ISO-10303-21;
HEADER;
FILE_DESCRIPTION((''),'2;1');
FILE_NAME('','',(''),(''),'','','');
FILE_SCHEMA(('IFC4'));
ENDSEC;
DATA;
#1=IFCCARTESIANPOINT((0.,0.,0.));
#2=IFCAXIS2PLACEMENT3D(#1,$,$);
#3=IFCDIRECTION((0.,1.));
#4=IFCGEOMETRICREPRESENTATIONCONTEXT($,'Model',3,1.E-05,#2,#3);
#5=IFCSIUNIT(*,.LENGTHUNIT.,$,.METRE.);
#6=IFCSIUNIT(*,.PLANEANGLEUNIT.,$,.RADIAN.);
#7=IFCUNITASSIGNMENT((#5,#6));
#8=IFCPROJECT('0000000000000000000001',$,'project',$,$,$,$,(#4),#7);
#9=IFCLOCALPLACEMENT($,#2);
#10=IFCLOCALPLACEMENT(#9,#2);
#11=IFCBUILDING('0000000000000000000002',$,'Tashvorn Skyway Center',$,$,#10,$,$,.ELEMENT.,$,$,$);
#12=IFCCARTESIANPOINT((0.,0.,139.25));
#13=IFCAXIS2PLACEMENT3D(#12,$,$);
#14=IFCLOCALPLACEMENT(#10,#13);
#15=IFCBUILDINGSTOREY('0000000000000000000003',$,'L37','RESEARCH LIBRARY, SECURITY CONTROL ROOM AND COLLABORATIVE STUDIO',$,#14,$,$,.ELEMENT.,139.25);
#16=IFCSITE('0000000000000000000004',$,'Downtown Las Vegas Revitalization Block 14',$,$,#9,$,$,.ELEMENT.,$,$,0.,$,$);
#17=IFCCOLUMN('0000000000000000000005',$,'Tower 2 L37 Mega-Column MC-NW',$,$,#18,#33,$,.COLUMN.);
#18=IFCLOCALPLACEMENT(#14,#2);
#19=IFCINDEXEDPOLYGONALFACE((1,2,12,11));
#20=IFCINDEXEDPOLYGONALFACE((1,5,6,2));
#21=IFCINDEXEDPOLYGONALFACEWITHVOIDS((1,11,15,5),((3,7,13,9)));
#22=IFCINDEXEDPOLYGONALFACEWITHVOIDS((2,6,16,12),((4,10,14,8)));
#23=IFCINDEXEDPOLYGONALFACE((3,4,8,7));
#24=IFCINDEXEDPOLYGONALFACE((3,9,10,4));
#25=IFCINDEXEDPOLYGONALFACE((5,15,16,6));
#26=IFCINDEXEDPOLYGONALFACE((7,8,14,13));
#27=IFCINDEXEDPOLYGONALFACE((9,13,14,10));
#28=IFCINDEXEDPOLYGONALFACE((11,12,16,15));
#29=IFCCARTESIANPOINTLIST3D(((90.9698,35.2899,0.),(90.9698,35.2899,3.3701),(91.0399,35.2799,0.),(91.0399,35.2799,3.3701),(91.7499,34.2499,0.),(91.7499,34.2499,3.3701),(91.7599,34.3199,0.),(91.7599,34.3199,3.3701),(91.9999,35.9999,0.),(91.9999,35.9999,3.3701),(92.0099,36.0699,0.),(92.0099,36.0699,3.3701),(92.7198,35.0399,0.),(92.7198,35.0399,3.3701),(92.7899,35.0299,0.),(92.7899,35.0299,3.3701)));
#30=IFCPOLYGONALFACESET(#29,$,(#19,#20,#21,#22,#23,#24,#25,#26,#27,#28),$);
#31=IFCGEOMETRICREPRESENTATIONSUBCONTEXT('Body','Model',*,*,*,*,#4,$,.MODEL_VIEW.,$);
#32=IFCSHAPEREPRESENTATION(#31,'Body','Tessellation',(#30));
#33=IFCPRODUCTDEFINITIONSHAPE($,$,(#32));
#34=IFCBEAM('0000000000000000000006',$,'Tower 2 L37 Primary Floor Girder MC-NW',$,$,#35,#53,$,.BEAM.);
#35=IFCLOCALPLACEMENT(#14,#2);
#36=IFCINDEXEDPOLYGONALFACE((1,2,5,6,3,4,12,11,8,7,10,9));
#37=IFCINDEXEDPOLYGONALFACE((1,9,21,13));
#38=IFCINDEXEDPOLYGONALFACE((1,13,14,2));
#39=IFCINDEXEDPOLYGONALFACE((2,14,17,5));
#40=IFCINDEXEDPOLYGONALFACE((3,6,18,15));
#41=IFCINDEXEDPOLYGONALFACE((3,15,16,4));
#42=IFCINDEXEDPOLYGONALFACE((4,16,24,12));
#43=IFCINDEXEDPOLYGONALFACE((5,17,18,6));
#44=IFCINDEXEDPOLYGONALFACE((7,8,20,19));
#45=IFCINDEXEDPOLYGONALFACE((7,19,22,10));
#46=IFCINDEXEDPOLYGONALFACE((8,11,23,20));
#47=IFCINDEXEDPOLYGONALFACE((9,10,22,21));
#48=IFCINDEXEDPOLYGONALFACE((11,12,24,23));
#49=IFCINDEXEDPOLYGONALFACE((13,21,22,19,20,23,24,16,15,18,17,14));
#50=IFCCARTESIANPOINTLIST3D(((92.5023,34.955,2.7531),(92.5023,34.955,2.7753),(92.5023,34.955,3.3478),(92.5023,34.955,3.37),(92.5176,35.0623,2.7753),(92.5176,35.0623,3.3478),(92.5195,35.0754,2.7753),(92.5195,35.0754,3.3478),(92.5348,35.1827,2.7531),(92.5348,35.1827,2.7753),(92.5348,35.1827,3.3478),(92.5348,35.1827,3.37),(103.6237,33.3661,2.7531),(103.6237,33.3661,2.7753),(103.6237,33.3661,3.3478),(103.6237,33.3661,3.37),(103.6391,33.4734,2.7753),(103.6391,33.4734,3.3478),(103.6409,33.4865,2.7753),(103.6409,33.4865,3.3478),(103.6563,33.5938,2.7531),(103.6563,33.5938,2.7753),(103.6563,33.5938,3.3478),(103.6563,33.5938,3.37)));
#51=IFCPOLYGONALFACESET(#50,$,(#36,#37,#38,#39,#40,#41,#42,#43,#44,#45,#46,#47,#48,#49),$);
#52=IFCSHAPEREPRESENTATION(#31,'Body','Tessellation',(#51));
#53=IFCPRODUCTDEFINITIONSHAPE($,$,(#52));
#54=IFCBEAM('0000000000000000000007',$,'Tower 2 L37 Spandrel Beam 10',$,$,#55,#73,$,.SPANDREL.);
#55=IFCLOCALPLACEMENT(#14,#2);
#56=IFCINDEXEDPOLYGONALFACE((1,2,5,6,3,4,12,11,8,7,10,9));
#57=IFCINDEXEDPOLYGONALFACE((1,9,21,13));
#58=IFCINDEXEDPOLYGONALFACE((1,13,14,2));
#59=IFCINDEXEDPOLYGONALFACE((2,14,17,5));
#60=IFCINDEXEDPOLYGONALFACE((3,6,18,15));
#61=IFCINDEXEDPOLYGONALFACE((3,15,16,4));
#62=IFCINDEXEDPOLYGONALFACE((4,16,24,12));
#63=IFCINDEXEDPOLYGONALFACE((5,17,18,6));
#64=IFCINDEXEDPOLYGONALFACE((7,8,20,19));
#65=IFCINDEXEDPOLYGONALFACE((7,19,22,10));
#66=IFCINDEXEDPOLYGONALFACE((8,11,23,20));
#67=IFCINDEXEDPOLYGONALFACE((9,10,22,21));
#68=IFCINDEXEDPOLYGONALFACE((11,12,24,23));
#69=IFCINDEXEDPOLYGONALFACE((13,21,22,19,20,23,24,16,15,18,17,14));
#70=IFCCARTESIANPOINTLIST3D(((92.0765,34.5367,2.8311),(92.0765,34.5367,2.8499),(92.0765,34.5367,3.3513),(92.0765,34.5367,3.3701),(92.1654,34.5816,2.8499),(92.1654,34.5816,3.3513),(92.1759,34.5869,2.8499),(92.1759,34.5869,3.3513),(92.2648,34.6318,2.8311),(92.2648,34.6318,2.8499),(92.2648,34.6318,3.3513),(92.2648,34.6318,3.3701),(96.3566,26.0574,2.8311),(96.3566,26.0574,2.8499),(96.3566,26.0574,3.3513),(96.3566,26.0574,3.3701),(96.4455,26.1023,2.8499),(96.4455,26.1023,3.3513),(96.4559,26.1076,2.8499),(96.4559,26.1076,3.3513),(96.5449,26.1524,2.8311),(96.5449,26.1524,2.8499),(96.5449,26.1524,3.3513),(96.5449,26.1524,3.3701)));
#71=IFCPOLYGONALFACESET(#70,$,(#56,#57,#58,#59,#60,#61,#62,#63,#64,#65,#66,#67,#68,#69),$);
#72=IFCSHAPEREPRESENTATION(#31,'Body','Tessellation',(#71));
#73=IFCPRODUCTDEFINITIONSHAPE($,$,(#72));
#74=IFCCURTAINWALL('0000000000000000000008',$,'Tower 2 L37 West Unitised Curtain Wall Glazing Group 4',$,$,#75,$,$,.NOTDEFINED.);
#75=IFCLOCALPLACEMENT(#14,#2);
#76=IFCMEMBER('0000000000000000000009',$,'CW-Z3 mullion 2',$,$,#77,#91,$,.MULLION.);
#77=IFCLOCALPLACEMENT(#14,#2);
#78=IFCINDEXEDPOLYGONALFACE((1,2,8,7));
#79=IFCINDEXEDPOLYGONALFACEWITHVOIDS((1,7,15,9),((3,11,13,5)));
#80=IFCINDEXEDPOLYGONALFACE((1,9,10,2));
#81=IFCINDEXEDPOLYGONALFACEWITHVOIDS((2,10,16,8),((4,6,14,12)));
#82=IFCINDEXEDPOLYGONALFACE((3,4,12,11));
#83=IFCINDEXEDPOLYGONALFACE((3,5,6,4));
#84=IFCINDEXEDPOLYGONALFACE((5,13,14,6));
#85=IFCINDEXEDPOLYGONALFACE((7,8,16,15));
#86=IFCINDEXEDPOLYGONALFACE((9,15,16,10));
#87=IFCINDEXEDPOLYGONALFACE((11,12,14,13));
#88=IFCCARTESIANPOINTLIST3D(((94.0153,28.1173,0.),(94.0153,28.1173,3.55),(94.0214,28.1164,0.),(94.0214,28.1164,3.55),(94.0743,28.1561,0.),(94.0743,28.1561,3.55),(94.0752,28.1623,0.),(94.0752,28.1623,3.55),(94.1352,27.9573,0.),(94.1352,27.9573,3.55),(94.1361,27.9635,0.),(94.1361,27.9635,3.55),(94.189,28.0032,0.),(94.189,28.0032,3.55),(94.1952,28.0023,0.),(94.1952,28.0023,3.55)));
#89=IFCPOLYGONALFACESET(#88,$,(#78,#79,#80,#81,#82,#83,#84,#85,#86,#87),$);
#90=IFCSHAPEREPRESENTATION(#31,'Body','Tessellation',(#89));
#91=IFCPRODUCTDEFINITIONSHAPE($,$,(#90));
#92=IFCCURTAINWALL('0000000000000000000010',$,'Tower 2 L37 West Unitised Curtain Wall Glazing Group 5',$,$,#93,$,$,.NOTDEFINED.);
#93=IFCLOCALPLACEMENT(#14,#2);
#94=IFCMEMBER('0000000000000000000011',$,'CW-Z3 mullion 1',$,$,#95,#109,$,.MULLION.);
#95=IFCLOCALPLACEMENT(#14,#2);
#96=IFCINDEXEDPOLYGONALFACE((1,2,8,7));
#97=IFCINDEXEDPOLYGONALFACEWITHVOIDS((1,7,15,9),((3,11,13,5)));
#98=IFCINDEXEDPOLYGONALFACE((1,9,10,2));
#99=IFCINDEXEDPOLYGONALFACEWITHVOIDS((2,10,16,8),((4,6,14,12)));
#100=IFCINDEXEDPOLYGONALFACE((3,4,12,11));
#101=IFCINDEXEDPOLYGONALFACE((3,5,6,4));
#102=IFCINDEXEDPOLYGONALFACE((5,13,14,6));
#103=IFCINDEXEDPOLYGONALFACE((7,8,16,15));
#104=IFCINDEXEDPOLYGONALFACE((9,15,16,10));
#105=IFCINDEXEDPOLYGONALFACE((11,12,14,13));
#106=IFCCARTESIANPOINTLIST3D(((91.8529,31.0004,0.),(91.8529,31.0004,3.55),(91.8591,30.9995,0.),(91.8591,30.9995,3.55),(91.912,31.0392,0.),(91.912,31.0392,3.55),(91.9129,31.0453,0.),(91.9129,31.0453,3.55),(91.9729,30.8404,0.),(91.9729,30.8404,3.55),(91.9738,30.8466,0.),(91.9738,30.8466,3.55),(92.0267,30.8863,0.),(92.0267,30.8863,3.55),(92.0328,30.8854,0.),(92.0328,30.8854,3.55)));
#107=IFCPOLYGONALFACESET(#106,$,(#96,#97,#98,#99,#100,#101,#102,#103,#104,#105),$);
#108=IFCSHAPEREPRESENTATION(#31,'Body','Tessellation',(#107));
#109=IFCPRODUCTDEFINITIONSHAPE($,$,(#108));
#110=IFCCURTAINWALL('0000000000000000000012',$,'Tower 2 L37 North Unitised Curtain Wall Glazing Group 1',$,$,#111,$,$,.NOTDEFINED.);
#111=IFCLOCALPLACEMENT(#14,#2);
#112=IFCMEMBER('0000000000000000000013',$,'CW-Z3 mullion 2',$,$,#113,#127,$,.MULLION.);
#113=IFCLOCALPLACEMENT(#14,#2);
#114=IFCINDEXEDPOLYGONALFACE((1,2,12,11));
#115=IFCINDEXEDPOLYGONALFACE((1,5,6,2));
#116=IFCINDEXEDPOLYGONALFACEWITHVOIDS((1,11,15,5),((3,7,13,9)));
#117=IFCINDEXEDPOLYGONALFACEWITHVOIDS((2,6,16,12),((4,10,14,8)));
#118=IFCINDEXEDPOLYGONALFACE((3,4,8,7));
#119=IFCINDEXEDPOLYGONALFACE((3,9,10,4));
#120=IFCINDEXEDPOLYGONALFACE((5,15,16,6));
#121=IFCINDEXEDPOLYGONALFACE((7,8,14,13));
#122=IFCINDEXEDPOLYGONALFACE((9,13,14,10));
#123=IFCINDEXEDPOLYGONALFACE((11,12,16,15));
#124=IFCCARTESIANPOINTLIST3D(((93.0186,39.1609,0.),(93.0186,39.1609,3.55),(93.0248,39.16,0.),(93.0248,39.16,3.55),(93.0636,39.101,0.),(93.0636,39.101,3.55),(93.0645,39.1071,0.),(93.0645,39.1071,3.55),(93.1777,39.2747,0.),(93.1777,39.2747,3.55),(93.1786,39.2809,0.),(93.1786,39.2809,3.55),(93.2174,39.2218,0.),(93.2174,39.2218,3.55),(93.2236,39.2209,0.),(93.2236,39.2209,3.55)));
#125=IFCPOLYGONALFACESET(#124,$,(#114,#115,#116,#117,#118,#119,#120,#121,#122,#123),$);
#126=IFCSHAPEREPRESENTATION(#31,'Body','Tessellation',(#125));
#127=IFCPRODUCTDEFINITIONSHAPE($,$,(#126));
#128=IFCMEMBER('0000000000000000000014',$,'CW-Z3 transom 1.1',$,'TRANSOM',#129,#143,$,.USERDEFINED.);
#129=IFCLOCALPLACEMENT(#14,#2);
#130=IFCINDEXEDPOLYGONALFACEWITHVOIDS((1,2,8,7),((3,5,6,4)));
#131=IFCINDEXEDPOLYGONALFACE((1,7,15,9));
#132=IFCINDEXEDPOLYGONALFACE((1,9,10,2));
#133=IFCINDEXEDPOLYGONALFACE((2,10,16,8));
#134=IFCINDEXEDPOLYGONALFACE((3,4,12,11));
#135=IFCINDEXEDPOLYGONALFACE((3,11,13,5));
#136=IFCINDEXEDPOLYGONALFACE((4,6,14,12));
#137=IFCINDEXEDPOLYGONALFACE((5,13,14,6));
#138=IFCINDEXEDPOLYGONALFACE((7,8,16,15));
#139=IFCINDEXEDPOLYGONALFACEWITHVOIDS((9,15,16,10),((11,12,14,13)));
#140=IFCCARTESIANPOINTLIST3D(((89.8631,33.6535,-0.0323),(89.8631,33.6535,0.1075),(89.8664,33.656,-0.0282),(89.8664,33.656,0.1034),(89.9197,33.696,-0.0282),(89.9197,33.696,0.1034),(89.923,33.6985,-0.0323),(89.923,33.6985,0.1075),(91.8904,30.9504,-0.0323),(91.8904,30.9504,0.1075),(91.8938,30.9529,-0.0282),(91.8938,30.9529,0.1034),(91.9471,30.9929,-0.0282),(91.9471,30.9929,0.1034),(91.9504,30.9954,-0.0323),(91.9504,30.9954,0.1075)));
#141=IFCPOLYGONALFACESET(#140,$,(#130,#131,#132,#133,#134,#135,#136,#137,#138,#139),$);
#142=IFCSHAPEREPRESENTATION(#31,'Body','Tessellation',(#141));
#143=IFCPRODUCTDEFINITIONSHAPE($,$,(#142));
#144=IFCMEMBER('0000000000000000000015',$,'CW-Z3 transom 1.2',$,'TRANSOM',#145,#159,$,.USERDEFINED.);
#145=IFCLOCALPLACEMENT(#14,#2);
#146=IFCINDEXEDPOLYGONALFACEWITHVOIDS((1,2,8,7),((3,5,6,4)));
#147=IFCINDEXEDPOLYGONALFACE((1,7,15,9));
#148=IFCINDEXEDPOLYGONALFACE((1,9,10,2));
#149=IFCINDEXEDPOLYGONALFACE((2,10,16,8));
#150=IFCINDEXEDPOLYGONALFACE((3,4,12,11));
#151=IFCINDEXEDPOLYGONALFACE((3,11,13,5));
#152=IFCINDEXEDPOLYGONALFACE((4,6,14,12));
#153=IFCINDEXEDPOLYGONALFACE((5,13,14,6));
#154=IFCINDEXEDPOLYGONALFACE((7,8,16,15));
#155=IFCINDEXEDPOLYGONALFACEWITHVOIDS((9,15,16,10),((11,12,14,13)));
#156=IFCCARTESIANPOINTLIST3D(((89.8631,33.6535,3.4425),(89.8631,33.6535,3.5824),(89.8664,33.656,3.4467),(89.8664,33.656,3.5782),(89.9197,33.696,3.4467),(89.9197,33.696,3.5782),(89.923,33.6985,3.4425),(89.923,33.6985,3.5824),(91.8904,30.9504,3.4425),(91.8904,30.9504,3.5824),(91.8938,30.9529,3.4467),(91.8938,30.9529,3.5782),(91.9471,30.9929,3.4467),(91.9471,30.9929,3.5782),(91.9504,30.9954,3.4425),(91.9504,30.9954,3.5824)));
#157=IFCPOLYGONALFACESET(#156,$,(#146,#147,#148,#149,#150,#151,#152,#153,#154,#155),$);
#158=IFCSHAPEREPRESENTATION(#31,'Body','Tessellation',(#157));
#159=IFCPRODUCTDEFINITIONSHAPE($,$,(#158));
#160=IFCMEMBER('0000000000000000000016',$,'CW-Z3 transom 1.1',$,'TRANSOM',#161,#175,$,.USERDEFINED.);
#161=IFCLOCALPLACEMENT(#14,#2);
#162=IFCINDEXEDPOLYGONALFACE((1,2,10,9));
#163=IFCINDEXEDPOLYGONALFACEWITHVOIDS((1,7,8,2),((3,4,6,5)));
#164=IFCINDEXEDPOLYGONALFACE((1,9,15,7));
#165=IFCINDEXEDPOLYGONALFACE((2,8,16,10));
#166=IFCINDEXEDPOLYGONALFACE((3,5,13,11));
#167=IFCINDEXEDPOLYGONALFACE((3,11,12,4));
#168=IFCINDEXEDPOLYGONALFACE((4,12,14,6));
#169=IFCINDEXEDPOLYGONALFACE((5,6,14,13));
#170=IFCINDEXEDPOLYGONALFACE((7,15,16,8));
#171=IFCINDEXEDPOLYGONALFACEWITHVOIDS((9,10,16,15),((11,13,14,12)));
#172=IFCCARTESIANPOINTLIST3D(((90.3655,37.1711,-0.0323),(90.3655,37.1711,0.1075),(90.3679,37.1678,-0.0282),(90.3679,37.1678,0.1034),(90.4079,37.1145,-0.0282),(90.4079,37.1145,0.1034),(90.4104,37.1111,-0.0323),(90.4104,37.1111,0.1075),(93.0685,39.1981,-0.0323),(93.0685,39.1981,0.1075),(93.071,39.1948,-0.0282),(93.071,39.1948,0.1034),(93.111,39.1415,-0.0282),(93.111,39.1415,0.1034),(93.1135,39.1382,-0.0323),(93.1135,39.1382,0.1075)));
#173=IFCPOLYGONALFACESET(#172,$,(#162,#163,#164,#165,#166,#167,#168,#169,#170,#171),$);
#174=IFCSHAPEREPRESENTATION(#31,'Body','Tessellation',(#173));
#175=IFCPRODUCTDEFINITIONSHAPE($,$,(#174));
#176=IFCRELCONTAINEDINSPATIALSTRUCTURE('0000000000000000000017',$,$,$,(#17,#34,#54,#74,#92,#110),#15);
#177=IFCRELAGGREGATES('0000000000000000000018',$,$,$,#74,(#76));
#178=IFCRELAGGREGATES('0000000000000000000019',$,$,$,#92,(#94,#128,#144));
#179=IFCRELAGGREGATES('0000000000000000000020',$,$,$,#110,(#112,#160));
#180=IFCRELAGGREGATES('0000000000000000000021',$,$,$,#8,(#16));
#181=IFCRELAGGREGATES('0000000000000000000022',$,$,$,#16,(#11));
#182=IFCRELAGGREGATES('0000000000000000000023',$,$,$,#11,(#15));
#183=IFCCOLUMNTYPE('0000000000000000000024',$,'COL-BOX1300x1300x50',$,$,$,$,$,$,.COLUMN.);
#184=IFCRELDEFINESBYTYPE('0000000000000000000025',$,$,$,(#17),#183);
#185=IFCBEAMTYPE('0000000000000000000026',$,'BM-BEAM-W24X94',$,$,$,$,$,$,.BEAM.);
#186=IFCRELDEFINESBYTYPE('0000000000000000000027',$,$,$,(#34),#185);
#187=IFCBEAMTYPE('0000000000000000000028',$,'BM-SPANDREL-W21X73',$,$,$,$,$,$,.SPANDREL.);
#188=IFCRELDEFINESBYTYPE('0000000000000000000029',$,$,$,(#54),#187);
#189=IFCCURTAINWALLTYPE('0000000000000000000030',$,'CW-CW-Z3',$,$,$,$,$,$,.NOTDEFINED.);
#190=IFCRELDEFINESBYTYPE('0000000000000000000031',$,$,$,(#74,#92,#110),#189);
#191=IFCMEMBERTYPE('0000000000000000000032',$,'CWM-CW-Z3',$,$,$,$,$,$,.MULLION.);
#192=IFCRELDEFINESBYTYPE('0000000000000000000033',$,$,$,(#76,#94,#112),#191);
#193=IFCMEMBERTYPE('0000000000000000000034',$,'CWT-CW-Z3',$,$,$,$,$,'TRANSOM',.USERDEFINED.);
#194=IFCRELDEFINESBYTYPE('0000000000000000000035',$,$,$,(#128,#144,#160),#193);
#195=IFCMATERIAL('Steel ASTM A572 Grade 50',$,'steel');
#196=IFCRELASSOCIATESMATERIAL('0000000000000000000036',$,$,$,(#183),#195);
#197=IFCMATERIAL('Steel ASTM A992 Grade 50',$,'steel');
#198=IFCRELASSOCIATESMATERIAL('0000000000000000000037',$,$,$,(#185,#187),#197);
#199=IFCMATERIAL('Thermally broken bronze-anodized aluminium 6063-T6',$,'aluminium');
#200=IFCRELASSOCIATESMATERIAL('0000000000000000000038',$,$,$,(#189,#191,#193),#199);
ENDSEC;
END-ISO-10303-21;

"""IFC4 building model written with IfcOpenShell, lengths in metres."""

from ifc_helpers import new_model, si_unit, direction, frame, origin, origin_2d, place, context, subcontext, project, spatial, hollow_rectangle, i_section, extrude, material, material_profile, profile_set, type_object, element, aggregate, save


model = new_model("IFC4")

# Units and contexts
model_context = context("Model", 3, precision=1e-05, world=origin(), true_north=direction((0.0, 1.0)))
body_context = subcontext(model_context, "Body", "Model", "MODEL_VIEW")
ifc_project = project(units=[si_unit("LENGTHUNIT", "METRE"), si_unit("PLANEANGLEUNIT", "RADIAN")], contexts=[model_context])

# Site, building, storey
site_placement = place(None, origin())
site = spatial("IfcSite", under=ifc_project, at=site_placement, Name="Downtown Las Vegas Revitalization Block 14", CompositionType="ELEMENT", RefElevation=0.0)
building_placement = place(site_placement, origin())
building = spatial("IfcBuilding", under=site, at=building_placement, Name="Tashvorn Skyway Center", CompositionType="ELEMENT")
storey_placement = place(building_placement, frame((0.0, 0.0, 139.25)))
storey = spatial("IfcBuildingStorey", under=building, at=storey_placement, Name="L37", Description="RESEARCH LIBRARY, SECURITY CONTROL ROOM AND COLLABORATIVE STUDIO", CompositionType="ELEMENT", Elevation=139.25)

# Column
ifc_material_1 = material(Name="Steel ASTM A572 Grade 50", Category="steel")
ifc_material_profile_1 = material_profile(ifc_material_1, hollow_rectangle(XDim=1.3, YDim=1.3, WallThickness=0.05, at=origin_2d()), Name="BOX1300x1300x50")
ifc_profile_set_1 = profile_set([ifc_material_profile_1], Name="Steel ASTM A572 Grade 50")
column_type = type_object("IfcColumnType", Name="COL-BOX1300x1300x50", PredefinedType="COLUMN", material=ifc_profile_set_1)
column_placement = place(storey_placement, frame((91.8799, 35.1599, 0.0), z_axis=(0.0, 0.0, 1.0), x_axis=(0.8, 0.6, 0.0)))
element("IfcColumn", 1, at=column_placement, inside=storey, type_object=column_type, Name="Tower 2 L37 Mega-Column MC-NW", PredefinedType="COLUMN", context=body_context, shape_type="SweptSolid", body=[
    extrude(hollow_rectangle(XDim=1.3, YDim=1.3, WallThickness=0.05, at=origin_2d()), origin(), (0.0, 0.0, 1.0), 3.3701),
])

# Beams
ifc_material_2 = material(Name="Steel ASTM A992 Grade 50", Category="steel")
ifc_material_profile_2 = material_profile(ifc_material_2, i_section(OverallWidth=0.23, OverallDepth=0.6169, WebThickness=0.0132, FlangeThickness=0.0222, at=origin_2d()), Name="W24X94")
ifc_profile_set_2 = profile_set([ifc_material_profile_2], Name="Steel ASTM A992 Grade 50")
beam_type_1 = type_object("IfcBeamType", Name="BM-BEAM-W24X94", PredefinedType="BEAM", material=ifc_profile_set_2)
beam_1_placement = place(storey_placement, frame((92.5186, 35.0688, 3.0615), z_axis=(0.989948, -0.14143, 0.0), x_axis=(0.14143, 0.989948, 0.0)))
element("IfcBeam", 2, at=beam_1_placement, inside=storey, type_object=beam_type_1, Name="Tower 2 L37 Primary Floor Girder MC-NW", PredefinedType="BEAM", context=body_context, shape_type="SweptSolid", body=[
    extrude(i_section(OverallWidth=0.23, OverallDepth=0.6169, WebThickness=0.0132, FlangeThickness=0.0222, at=origin_2d()), origin(), (0.0, 0.0, 1.0), 11.2344),
])
ifc_material_profile_3 = material_profile(ifc_material_2, i_section(OverallWidth=0.2109, OverallDepth=0.5391, WebThickness=0.0117, FlangeThickness=0.0188, at=origin_2d()), Name="W21X73")
ifc_profile_set_3 = profile_set([ifc_material_profile_3], Name="Steel ASTM A992 Grade 50")
beam_type_2 = type_object("IfcBeamType", Name="BM-SPANDREL-W21X73", PredefinedType="SPANDREL", material=ifc_profile_set_3)
beam_2_placement = place(storey_placement, frame((92.1707, 34.5842, 3.1006), z_axis=(0.450614, -0.892719, 0.0), x_axis=(0.892719, 0.450614, 0.0)))
element("IfcBeam", 3, at=beam_2_placement, inside=storey, type_object=beam_type_2, Name="Tower 2 L37 Spandrel Beam 10", PredefinedType="SPANDREL", context=body_context, shape_type="SweptSolid", body=[
    extrude(i_section(OverallWidth=0.2109, OverallDepth=0.5391, WebThickness=0.0117, FlangeThickness=0.0188, at=origin_2d()), origin(), (0.0, 0.0, 1.0), 9.4983),
])

# Curtain walls, members
ifc_material_3 = material(Name="Thermally broken bronze-anodized aluminium 6063-T6", Category="aluminium")
curtain_wall_type = type_object("IfcCurtainWallType", Name="CW-CW-Z3", PredefinedType="NOTDEFINED", material=ifc_material_3)
curtain_wall_1_placement = place(storey_placement, origin())
curtain_wall_1 = element("IfcCurtainWall", 4, at=curtain_wall_1_placement, inside=storey, type_object=curtain_wall_type, Name="Tower 2 L37 West Unitised Curtain Wall Glazing Group 4", PredefinedType="NOTDEFINED")
ifc_material_profile_4 = material_profile(ifc_material_3, hollow_rectangle(XDim=0.075, YDim=0.2, WallThickness=0.0044, at=origin_2d()), Name="ALU-MULL-75x200")
ifc_profile_set_4 = profile_set([ifc_material_profile_4], Name="Thermally broken bronze-anodized aluminium 6063-T6")
member_type_1 = type_object("IfcMemberType", Name="CWM-CW-Z3", PredefinedType="MULLION", material=ifc_profile_set_4)
member_1_placement = place(storey_placement, frame((94.1052, 28.0598, 0.0), z_axis=(0.0, 0.0, 1.0), x_axis=(-0.800003, -0.599995, 0.0)))
member_1 = element("IfcMember", 5, at=member_1_placement, type_object=member_type_1, Name="CW-Z3 mullion 2", PredefinedType="MULLION", context=body_context, shape_type="SweptSolid", body=[
    extrude(hollow_rectangle(XDim=0.075, YDim=0.2, WallThickness=0.0044, at=origin_2d()), origin(), (0.0, 0.0, 1.0), 3.55),
])
curtain_wall_2_placement = place(storey_placement, origin())
curtain_wall_2 = element("IfcCurtainWall", 6, at=curtain_wall_2_placement, inside=storey, type_object=curtain_wall_type, Name="Tower 2 L37 West Unitised Curtain Wall Glazing Group 5", PredefinedType="NOTDEFINED")
member_2_placement = place(storey_placement, frame((91.9429, 30.9429, 0.0), z_axis=(0.0, 0.0, 1.0), x_axis=(-0.800003, -0.599995, 0.0)))
member_2 = element("IfcMember", 7, at=member_2_placement, type_object=member_type_1, Name="CW-Z3 mullion 1", PredefinedType="MULLION", context=body_context, shape_type="SweptSolid", body=[
    extrude(hollow_rectangle(XDim=0.075, YDim=0.2, WallThickness=0.0044, at=origin_2d()), origin(), (0.0, 0.0, 1.0), 3.55),
])
curtain_wall_3_placement = place(storey_placement, origin())
curtain_wall_3 = element("IfcCurtainWall", 8, at=curtain_wall_3_placement, inside=storey, type_object=curtain_wall_type, Name="Tower 2 L37 North Unitised Curtain Wall Glazing Group 1", PredefinedType="NOTDEFINED")
member_3_placement = place(storey_placement, frame((93.1211, 39.1909, 0.0), z_axis=(0.0, 0.0, 1.0), x_axis=(-0.599995, 0.800003, 0.0)))
member_3 = element("IfcMember", 9, at=member_3_placement, type_object=member_type_1, Name="CW-Z3 mullion 2", PredefinedType="MULLION", context=body_context, shape_type="SweptSolid", body=[
    extrude(hollow_rectangle(XDim=0.075, YDim=0.2, WallThickness=0.0044, at=origin_2d()), origin(), (0.0, 0.0, 1.0), 3.55),
])

# Members
ifc_material_profile_5 = material_profile(ifc_material_3, hollow_rectangle(XDim=0.075, YDim=0.1399, WallThickness=0.0042, at=origin_2d()), Name="ALU-TRAN-75x140")
ifc_profile_set_5 = profile_set([ifc_material_profile_5], Name="Thermally broken bronze-anodized aluminium 6063-T6")
member_type_2 = type_object("IfcMemberType", Name="CWT-CW-Z3", ElementType="TRANSOM", PredefinedType="USERDEFINED", material=ifc_profile_set_5)
member_4_placement = place(storey_placement, frame((91.9204, 30.9729, 0.0376), z_axis=(-0.6, 0.8, 0.0), x_axis=(-0.8, -0.6, 0.0)))
member_4 = element("IfcMember", 10, at=member_4_placement, type_object=member_type_2, Name="CW-Z3 transom 1.1", ObjectType="TRANSOM", PredefinedType="USERDEFINED", context=body_context, shape_type="SweptSolid", body=[
    extrude(hollow_rectangle(XDim=0.075, YDim=0.1399, WallThickness=0.0042, at=origin_2d()), origin(), (0.0, 0.0, 1.0), 3.3789),
])
member_5_placement = place(storey_placement, frame((91.9204, 30.9729, 3.5125), z_axis=(-0.6, 0.8, 0.0), x_axis=(-0.8, -0.6, 0.0)))
member_5 = element("IfcMember", 11, at=member_5_placement, type_object=member_type_2, Name="CW-Z3 transom 1.2", ObjectType="TRANSOM", PredefinedType="USERDEFINED", context=body_context, shape_type="SweptSolid", body=[
    extrude(hollow_rectangle(XDim=0.075, YDim=0.1399, WallThickness=0.0042, at=origin_2d()), origin(), (0.0, 0.0, 1.0), 3.3789),
])
member_6_placement = place(storey_placement, frame((90.3879, 37.1411, 0.0376), z_axis=(0.800035, 0.599954, 0.0), x_axis=(-0.599954, 0.800035, 0.0)))
member_6 = element("IfcMember", 12, at=member_6_placement, type_object=member_type_2, Name="CW-Z3 transom 1.1", ObjectType="TRANSOM", PredefinedType="USERDEFINED", context=body_context, shape_type="SweptSolid", body=[
    extrude(hollow_rectangle(XDim=0.075, YDim=0.1399, WallThickness=0.0042, at=origin_2d()), origin(), (0.0, 0.0, 1.0), 3.3787),
])

aggregate(curtain_wall_1, [member_1])
aggregate(curtain_wall_2, [member_2, member_4, member_5])
aggregate(curtain_wall_3, [member_3, member_6])

save(model, "model.ifc")
